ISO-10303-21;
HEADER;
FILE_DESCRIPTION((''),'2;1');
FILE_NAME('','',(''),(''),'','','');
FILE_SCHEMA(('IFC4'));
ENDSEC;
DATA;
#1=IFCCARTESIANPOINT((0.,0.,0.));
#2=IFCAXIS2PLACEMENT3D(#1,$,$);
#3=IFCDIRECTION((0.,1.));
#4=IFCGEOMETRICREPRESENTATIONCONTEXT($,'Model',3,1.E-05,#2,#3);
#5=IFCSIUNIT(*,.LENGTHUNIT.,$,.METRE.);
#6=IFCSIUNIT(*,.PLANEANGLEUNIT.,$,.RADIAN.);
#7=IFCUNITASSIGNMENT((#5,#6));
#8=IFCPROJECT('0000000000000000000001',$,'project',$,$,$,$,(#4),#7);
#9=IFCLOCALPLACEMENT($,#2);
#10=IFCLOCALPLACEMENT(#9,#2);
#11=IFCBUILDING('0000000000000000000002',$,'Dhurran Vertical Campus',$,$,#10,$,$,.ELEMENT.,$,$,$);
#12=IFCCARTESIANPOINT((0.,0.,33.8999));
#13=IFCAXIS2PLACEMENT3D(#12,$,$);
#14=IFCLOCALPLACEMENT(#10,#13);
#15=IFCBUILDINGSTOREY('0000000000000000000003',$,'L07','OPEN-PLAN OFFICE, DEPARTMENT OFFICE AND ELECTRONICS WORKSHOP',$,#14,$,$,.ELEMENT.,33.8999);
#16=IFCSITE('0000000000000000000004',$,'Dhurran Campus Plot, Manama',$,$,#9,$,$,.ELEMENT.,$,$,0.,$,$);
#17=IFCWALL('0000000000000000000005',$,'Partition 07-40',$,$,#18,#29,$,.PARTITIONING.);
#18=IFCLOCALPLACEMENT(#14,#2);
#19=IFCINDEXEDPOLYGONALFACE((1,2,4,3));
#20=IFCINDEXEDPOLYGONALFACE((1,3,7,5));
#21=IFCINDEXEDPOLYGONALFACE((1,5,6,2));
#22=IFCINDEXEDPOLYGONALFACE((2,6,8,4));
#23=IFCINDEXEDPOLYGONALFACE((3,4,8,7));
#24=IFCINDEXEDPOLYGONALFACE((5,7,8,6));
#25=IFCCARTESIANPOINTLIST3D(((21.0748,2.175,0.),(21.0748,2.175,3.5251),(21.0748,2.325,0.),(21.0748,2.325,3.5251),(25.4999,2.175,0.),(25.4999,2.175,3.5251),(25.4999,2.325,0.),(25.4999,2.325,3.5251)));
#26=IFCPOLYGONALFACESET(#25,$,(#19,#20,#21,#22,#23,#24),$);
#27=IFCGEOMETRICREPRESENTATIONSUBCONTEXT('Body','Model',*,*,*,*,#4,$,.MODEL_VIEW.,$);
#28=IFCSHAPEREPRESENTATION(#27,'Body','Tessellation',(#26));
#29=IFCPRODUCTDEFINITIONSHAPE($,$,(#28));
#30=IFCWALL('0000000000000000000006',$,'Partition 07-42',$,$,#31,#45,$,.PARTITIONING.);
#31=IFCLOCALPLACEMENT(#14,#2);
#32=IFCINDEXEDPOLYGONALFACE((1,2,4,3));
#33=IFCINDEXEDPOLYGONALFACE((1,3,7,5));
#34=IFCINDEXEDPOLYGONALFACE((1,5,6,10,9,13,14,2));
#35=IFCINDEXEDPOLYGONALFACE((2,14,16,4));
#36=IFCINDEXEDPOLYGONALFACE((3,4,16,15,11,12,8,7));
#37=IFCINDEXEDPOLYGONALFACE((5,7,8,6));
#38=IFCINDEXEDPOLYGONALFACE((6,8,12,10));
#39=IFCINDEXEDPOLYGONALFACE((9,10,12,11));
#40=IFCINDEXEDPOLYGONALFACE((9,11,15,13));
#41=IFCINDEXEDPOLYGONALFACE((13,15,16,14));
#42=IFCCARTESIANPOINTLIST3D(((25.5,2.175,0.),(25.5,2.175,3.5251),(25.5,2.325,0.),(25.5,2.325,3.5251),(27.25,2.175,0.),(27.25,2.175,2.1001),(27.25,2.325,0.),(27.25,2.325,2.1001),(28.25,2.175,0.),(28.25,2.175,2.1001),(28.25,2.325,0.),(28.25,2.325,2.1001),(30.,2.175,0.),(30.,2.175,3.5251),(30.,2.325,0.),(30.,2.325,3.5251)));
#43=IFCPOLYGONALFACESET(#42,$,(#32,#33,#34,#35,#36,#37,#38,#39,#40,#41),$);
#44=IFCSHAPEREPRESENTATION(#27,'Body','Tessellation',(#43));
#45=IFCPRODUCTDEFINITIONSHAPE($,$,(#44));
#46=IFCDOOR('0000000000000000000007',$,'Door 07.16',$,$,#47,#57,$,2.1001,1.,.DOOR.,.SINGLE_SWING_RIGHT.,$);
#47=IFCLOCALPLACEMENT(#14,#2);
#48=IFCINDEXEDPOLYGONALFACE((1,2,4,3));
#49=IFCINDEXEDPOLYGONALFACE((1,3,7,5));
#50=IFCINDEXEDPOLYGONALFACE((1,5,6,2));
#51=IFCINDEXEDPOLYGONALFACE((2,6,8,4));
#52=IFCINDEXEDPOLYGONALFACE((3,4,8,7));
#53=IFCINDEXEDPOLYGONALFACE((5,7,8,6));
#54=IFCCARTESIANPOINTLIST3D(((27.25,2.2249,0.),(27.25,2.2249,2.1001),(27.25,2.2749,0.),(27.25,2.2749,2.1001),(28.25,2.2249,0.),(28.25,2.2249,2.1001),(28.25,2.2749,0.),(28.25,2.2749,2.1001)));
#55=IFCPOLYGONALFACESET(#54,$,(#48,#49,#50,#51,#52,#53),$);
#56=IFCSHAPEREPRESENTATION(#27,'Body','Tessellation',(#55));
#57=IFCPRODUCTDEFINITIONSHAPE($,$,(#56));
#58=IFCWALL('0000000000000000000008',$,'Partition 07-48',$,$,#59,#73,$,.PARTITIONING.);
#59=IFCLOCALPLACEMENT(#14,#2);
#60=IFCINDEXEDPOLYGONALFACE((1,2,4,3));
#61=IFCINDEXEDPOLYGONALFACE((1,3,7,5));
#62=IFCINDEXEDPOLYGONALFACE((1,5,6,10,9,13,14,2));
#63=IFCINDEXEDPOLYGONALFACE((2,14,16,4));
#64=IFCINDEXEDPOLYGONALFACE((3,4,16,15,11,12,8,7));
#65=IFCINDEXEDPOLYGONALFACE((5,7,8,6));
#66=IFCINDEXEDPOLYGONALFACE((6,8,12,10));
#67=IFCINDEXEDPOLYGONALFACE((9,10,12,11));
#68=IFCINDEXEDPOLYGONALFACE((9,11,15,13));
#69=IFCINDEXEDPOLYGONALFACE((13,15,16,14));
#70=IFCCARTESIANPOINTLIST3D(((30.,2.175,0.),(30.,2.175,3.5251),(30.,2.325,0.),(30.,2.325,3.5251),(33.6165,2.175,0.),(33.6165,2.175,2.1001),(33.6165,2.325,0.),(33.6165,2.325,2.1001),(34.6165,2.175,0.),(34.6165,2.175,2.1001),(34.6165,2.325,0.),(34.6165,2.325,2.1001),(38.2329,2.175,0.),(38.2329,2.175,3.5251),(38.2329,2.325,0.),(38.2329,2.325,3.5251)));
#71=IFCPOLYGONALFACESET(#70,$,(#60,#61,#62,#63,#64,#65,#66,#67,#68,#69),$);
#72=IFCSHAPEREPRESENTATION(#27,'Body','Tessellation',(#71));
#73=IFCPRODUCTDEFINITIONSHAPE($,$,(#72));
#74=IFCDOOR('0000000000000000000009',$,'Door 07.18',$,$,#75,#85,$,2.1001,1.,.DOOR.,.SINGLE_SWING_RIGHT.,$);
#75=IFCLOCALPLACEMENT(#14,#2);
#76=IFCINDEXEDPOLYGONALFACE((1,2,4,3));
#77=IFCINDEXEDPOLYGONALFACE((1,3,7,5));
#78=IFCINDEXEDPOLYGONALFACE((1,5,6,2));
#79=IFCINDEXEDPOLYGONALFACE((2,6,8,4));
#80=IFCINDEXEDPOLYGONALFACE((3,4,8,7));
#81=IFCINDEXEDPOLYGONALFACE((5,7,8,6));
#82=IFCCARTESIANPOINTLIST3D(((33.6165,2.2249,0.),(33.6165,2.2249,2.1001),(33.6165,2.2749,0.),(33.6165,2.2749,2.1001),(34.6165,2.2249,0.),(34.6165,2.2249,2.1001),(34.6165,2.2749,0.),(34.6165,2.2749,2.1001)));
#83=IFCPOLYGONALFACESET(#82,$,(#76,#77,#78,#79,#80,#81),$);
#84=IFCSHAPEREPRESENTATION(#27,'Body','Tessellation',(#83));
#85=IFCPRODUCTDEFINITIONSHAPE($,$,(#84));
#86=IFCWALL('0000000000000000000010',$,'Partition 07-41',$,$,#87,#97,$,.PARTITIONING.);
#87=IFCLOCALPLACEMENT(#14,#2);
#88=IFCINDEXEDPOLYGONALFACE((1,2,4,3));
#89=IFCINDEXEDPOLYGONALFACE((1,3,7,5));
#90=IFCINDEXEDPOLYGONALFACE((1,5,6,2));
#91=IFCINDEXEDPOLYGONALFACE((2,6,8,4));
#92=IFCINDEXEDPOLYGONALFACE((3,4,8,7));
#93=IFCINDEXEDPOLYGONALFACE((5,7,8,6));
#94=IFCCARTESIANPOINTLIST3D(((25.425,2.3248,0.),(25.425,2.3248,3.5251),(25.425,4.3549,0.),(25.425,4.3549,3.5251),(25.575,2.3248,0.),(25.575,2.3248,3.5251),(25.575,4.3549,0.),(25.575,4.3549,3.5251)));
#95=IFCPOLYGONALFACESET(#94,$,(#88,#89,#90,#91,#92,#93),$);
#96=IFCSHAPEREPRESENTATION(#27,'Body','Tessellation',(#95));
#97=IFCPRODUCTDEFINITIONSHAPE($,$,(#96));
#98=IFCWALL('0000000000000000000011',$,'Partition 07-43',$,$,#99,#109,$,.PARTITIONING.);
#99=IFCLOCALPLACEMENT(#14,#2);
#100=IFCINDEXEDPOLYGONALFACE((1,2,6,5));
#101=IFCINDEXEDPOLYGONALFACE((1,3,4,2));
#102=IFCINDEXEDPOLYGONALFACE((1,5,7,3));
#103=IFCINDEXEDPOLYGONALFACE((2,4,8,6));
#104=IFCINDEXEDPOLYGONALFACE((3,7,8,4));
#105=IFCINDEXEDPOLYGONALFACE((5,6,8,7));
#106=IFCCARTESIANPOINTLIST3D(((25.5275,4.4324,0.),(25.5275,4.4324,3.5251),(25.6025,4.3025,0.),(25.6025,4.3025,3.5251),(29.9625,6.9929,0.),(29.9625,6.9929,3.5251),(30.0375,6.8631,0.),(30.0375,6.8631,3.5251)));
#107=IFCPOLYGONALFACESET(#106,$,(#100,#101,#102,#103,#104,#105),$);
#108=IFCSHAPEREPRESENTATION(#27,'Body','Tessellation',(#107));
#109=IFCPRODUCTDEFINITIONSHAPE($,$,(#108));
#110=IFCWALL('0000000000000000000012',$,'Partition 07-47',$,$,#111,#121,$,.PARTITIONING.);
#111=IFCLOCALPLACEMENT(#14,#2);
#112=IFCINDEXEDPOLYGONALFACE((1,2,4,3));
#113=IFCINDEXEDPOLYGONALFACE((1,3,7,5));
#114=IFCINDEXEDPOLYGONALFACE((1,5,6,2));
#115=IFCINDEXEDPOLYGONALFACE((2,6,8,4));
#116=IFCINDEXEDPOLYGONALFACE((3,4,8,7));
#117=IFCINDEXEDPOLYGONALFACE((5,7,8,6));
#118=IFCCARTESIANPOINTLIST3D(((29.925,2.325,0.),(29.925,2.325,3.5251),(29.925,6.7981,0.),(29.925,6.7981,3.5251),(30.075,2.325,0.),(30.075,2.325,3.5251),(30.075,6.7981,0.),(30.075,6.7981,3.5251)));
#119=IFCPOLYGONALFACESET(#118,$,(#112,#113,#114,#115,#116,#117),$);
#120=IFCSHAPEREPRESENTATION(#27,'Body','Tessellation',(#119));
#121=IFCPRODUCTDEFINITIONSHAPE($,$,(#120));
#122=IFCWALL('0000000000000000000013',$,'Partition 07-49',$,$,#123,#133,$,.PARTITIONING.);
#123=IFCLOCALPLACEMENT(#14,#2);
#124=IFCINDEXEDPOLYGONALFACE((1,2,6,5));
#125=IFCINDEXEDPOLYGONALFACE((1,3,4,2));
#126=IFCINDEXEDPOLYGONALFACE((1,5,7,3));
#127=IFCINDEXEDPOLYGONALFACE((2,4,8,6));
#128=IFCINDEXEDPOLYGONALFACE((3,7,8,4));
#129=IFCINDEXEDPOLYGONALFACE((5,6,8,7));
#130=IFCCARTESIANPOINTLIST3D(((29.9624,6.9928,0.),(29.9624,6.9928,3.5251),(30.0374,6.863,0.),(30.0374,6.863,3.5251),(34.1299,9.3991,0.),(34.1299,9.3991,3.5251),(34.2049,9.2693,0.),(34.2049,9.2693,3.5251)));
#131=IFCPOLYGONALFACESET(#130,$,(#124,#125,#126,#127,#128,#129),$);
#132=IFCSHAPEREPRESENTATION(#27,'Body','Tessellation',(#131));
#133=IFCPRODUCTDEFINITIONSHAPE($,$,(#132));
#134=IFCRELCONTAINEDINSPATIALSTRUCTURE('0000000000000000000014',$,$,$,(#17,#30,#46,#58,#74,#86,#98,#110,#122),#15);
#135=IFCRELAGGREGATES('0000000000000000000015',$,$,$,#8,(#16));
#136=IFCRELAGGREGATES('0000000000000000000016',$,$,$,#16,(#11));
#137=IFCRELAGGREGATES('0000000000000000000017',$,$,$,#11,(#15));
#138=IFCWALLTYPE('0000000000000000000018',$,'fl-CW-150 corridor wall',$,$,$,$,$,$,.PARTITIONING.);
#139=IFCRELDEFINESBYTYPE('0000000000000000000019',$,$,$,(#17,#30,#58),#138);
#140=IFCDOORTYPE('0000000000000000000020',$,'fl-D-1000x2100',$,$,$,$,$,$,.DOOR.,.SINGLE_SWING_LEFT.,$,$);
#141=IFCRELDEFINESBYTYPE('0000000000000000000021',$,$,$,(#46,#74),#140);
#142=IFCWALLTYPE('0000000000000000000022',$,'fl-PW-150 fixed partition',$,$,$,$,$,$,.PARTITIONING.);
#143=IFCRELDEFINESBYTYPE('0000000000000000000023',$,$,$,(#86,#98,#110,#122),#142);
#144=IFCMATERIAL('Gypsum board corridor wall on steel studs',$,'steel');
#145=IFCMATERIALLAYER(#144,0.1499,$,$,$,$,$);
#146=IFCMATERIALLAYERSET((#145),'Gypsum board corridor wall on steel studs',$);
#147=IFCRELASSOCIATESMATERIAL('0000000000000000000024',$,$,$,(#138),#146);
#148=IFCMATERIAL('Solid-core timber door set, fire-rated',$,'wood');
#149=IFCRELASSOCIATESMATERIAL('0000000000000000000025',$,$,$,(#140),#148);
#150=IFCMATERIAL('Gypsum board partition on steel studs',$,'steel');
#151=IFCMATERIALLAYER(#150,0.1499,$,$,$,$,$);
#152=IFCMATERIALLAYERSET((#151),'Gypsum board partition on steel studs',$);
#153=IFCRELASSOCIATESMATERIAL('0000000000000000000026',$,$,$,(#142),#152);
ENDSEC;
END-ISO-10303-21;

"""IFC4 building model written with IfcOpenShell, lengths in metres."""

from ifc_helpers import new_model, si_unit, direction, frame, frame_2d, origin, place, context, subcontext, project, spatial, rectangle, extrude, material, layer, layer_set, type_object, element, fill, save


model = new_model("IFC4")

# Units and contexts
model_context = context("Model", 3, precision=1e-05, world=origin(), true_north=direction((0.0, 1.0)))
body_context = subcontext(model_context, "Body", "Model", "MODEL_VIEW")
ifc_project = project(units=[si_unit("LENGTHUNIT", "METRE"), si_unit("PLANEANGLEUNIT", "RADIAN")], contexts=[model_context])

# Site, building, storey
site_placement = place(None, origin())
site = spatial("IfcSite", under=ifc_project, at=site_placement, Name="Dhurran Campus Plot, Manama", CompositionType="ELEMENT", RefElevation=0.0)
building_placement = place(site_placement, origin())
building = spatial("IfcBuilding", under=site, at=building_placement, Name="Dhurran Vertical Campus", CompositionType="ELEMENT")
storey_placement = place(building_placement, frame((0.0, 0.0, 33.8999)))
storey = spatial("IfcBuildingStorey", under=building, at=storey_placement, Name="L07", Description="OPEN-PLAN OFFICE, DEPARTMENT OFFICE AND ELECTRONICS WORKSHOP", CompositionType="ELEMENT", Elevation=33.8999)

# Shared definitions
ifc_material_1 = material(Name="Gypsum board corridor wall on steel studs", Category="steel")
ifc_layer_1 = layer(ifc_material_1, 0.1499)
ifc_layer_set_1 = layer_set([ifc_layer_1], Name="Gypsum board corridor wall on steel studs")
wall_type_1 = type_object("IfcWallType", Name="fl-CW-150 corridor wall", PredefinedType="PARTITIONING", material=ifc_layer_set_1)
ifc_material_2 = material(Name="Solid-core timber door set, fire-rated", Category="wood")
door_type_1 = type_object("IfcDoorType", Name="fl-D-1000x2100", OperationType="SINGLE_SWING_LEFT", PredefinedType="DOOR", material=ifc_material_2)

# Wall
wall_1_placement = place(storey_placement, frame((21.075, 2.25, 0.0), z_axis=(0.0, 0.0, 1.0), x_axis=(1.0, 0.0, 0.0)))
element("IfcWall", 1, at=wall_1_placement, inside=storey, type_object=wall_type_1, Name="Partition 07-40", PredefinedType="PARTITIONING", context=body_context, shape_type="SweptSolid", body=[
    extrude(rectangle(XDim=4.425, YDim=0.1499, at=frame_2d((2.2124, 0.0))), origin(), (0.0, 0.0, 1.0), 3.5251),
])

# Walls, openings, doors
wall_2_placement = place(storey_placement, frame((25.5, 2.25, 0.0), z_axis=(0.0, 0.0, 1.0), x_axis=(1.0, 0.0, 0.0)))
wall_2 = element("IfcWall", 2, at=wall_2_placement, inside=storey, type_object=wall_type_1, Name="Partition 07-42", PredefinedType="PARTITIONING", context=body_context, shape_type="SweptSolid", body=[
    extrude(rectangle(XDim=4.5, YDim=0.1499, at=frame_2d((2.25, 0.0))), origin(), (0.0, 0.0, 1.0), 3.5251),
])
opening_1_placement = place(wall_2_placement, frame((1.75, 0.0, 0.0)))
opening_1 = element("IfcOpeningElement", 3, at=opening_1_placement, cuts=wall_2, PredefinedType="OPENING", context=body_context, shape_type="SweptSolid", body=[
    extrude(rectangle(XDim=1.0, YDim=2.1001, at=frame_2d((0.5, 1.05))), frame((0.0, 0.085, 0.0), z_axis=(0.0, -1.0, 0.0), x_axis=(1.0, 0.0, 0.0)), (0.0, 0.0, 1.0), 0.1699),
])
door_1_placement = place(opening_1_placement, origin())
door_1 = element("IfcDoor", 4, at=door_1_placement, inside=storey, type_object=door_type_1, Name="Door 07.16", OperationType="SINGLE_SWING_RIGHT", OverallHeight=2.1001, OverallWidth=1.0, PredefinedType="DOOR", context=body_context, shape_type="SweptSolid", body=[
    extrude(rectangle(XDim=1.0, YDim=2.1001, at=frame_2d((0.5, 1.05))), frame((0.0, 0.0249, 0.0), z_axis=(0.0, -1.0, 0.0), x_axis=(1.0, 0.0, 0.0)), (0.0, 0.0, 1.0), 0.05),
])
fill(opening_1, door_1)
wall_3_placement = place(storey_placement, frame((30.0, 2.25, 0.0), z_axis=(0.0, 0.0, 1.0), x_axis=(1.0, 0.0, 0.0)))
wall_3 = element("IfcWall", 5, at=wall_3_placement, inside=storey, type_object=wall_type_1, Name="Partition 07-48", PredefinedType="PARTITIONING", context=body_context, shape_type="SweptSolid", body=[
    extrude(rectangle(XDim=8.2329, YDim=0.1499, at=frame_2d((4.1165, 0.0))), origin(), (0.0, 0.0, 1.0), 3.5251),
])
opening_2_placement = place(wall_3_placement, frame((3.6165, 0.0, 0.0)))
opening_2 = element("IfcOpeningElement", 6, at=opening_2_placement, cuts=wall_3, PredefinedType="OPENING", context=body_context, shape_type="SweptSolid", body=[
    extrude(rectangle(XDim=1.0, YDim=2.1001, at=frame_2d((0.5, 1.05))), frame((0.0, 0.085, 0.0), z_axis=(0.0, -1.0, 0.0), x_axis=(1.0, 0.0, 0.0)), (0.0, 0.0, 1.0), 0.1699),
])
door_2_placement = place(opening_2_placement, origin())
door_2 = element("IfcDoor", 7, at=door_2_placement, inside=storey, type_object=door_type_1, Name="Door 07.18", OperationType="SINGLE_SWING_RIGHT", OverallHeight=2.1001, OverallWidth=1.0, PredefinedType="DOOR", context=body_context, shape_type="SweptSolid", body=[
    extrude(rectangle(XDim=1.0, YDim=2.1001, at=frame_2d((0.5, 1.05))), frame((0.0, 0.0249, 0.0), z_axis=(0.0, -1.0, 0.0), x_axis=(1.0, 0.0, 0.0)), (0.0, 0.0, 1.0), 0.05),
])
fill(opening_2, door_2)

# Walls
ifc_material_3 = material(Name="Gypsum board partition on steel studs", Category="steel")
ifc_layer_2 = layer(ifc_material_3, 0.1499)
ifc_layer_set_2 = layer_set([ifc_layer_2], Name="Gypsum board partition on steel studs")
wall_type_2 = type_object("IfcWallType", Name="fl-PW-150 fixed partition", PredefinedType="PARTITIONING", material=ifc_layer_set_2)
wall_4_placement = place(storey_placement, frame((25.5, 4.355, 0.0), z_axis=(0.0, 0.0, 1.0), x_axis=(0.0, -1.0, 0.0)))
element("IfcWall", 8, at=wall_4_placement, inside=storey, type_object=wall_type_2, Name="Partition 07-41", PredefinedType="PARTITIONING", context=body_context, shape_type="SweptSolid", body=[
    extrude(rectangle(XDim=2.03, YDim=0.1499, at=frame_2d((1.0151, 0.0))), origin(), (0.0, 0.0, 1.0), 3.5251),
])
wall_5_placement = place(storey_placement, frame((30.0, 6.928, 0.0), z_axis=(0.0, 0.0, 1.0), x_axis=(-0.866028, -0.499995, 0.0)))
element("IfcWall", 9, at=wall_5_placement, inside=storey, type_object=wall_type_2, Name="Partition 07-43", PredefinedType="PARTITIONING", context=body_context, shape_type="SweptSolid", body=[
    extrude(rectangle(XDim=5.1211, YDim=0.1499, at=frame_2d((2.5605, 0.0))), origin(), (0.0, 0.0, 1.0), 3.5251),
])
wall_6_placement = place(storey_placement, frame((30.0, 6.7981, 0.0), z_axis=(0.0, 0.0, 1.0), x_axis=(0.0, -1.0, 0.0)))
element("IfcWall", 10, at=wall_6_placement, inside=storey, type_object=wall_type_2, Name="Partition 07-47", PredefinedType="PARTITIONING", context=body_context, shape_type="SweptSolid", body=[
    extrude(rectangle(XDim=4.4731, YDim=0.1499, at=frame_2d((2.2366, 0.0))), origin(), (0.0, 0.0, 1.0), 3.5251),
])
wall_7_placement = place(storey_placement, frame((34.1675, 9.3342, 0.0), z_axis=(0.0, 0.0, 1.0), x_axis=(-0.866012, -0.500024, 0.0)))
element("IfcWall", 11, at=wall_7_placement, inside=storey, type_object=wall_type_2, Name="Partition 07-49", PredefinedType="PARTITIONING", context=body_context, shape_type="SweptSolid", body=[
    extrude(rectangle(XDim=4.8123, YDim=0.1499, at=frame_2d((2.4062, 0.0))), origin(), (0.0, 0.0, 1.0), 3.5251),
])

save(model, "model.ifc")
